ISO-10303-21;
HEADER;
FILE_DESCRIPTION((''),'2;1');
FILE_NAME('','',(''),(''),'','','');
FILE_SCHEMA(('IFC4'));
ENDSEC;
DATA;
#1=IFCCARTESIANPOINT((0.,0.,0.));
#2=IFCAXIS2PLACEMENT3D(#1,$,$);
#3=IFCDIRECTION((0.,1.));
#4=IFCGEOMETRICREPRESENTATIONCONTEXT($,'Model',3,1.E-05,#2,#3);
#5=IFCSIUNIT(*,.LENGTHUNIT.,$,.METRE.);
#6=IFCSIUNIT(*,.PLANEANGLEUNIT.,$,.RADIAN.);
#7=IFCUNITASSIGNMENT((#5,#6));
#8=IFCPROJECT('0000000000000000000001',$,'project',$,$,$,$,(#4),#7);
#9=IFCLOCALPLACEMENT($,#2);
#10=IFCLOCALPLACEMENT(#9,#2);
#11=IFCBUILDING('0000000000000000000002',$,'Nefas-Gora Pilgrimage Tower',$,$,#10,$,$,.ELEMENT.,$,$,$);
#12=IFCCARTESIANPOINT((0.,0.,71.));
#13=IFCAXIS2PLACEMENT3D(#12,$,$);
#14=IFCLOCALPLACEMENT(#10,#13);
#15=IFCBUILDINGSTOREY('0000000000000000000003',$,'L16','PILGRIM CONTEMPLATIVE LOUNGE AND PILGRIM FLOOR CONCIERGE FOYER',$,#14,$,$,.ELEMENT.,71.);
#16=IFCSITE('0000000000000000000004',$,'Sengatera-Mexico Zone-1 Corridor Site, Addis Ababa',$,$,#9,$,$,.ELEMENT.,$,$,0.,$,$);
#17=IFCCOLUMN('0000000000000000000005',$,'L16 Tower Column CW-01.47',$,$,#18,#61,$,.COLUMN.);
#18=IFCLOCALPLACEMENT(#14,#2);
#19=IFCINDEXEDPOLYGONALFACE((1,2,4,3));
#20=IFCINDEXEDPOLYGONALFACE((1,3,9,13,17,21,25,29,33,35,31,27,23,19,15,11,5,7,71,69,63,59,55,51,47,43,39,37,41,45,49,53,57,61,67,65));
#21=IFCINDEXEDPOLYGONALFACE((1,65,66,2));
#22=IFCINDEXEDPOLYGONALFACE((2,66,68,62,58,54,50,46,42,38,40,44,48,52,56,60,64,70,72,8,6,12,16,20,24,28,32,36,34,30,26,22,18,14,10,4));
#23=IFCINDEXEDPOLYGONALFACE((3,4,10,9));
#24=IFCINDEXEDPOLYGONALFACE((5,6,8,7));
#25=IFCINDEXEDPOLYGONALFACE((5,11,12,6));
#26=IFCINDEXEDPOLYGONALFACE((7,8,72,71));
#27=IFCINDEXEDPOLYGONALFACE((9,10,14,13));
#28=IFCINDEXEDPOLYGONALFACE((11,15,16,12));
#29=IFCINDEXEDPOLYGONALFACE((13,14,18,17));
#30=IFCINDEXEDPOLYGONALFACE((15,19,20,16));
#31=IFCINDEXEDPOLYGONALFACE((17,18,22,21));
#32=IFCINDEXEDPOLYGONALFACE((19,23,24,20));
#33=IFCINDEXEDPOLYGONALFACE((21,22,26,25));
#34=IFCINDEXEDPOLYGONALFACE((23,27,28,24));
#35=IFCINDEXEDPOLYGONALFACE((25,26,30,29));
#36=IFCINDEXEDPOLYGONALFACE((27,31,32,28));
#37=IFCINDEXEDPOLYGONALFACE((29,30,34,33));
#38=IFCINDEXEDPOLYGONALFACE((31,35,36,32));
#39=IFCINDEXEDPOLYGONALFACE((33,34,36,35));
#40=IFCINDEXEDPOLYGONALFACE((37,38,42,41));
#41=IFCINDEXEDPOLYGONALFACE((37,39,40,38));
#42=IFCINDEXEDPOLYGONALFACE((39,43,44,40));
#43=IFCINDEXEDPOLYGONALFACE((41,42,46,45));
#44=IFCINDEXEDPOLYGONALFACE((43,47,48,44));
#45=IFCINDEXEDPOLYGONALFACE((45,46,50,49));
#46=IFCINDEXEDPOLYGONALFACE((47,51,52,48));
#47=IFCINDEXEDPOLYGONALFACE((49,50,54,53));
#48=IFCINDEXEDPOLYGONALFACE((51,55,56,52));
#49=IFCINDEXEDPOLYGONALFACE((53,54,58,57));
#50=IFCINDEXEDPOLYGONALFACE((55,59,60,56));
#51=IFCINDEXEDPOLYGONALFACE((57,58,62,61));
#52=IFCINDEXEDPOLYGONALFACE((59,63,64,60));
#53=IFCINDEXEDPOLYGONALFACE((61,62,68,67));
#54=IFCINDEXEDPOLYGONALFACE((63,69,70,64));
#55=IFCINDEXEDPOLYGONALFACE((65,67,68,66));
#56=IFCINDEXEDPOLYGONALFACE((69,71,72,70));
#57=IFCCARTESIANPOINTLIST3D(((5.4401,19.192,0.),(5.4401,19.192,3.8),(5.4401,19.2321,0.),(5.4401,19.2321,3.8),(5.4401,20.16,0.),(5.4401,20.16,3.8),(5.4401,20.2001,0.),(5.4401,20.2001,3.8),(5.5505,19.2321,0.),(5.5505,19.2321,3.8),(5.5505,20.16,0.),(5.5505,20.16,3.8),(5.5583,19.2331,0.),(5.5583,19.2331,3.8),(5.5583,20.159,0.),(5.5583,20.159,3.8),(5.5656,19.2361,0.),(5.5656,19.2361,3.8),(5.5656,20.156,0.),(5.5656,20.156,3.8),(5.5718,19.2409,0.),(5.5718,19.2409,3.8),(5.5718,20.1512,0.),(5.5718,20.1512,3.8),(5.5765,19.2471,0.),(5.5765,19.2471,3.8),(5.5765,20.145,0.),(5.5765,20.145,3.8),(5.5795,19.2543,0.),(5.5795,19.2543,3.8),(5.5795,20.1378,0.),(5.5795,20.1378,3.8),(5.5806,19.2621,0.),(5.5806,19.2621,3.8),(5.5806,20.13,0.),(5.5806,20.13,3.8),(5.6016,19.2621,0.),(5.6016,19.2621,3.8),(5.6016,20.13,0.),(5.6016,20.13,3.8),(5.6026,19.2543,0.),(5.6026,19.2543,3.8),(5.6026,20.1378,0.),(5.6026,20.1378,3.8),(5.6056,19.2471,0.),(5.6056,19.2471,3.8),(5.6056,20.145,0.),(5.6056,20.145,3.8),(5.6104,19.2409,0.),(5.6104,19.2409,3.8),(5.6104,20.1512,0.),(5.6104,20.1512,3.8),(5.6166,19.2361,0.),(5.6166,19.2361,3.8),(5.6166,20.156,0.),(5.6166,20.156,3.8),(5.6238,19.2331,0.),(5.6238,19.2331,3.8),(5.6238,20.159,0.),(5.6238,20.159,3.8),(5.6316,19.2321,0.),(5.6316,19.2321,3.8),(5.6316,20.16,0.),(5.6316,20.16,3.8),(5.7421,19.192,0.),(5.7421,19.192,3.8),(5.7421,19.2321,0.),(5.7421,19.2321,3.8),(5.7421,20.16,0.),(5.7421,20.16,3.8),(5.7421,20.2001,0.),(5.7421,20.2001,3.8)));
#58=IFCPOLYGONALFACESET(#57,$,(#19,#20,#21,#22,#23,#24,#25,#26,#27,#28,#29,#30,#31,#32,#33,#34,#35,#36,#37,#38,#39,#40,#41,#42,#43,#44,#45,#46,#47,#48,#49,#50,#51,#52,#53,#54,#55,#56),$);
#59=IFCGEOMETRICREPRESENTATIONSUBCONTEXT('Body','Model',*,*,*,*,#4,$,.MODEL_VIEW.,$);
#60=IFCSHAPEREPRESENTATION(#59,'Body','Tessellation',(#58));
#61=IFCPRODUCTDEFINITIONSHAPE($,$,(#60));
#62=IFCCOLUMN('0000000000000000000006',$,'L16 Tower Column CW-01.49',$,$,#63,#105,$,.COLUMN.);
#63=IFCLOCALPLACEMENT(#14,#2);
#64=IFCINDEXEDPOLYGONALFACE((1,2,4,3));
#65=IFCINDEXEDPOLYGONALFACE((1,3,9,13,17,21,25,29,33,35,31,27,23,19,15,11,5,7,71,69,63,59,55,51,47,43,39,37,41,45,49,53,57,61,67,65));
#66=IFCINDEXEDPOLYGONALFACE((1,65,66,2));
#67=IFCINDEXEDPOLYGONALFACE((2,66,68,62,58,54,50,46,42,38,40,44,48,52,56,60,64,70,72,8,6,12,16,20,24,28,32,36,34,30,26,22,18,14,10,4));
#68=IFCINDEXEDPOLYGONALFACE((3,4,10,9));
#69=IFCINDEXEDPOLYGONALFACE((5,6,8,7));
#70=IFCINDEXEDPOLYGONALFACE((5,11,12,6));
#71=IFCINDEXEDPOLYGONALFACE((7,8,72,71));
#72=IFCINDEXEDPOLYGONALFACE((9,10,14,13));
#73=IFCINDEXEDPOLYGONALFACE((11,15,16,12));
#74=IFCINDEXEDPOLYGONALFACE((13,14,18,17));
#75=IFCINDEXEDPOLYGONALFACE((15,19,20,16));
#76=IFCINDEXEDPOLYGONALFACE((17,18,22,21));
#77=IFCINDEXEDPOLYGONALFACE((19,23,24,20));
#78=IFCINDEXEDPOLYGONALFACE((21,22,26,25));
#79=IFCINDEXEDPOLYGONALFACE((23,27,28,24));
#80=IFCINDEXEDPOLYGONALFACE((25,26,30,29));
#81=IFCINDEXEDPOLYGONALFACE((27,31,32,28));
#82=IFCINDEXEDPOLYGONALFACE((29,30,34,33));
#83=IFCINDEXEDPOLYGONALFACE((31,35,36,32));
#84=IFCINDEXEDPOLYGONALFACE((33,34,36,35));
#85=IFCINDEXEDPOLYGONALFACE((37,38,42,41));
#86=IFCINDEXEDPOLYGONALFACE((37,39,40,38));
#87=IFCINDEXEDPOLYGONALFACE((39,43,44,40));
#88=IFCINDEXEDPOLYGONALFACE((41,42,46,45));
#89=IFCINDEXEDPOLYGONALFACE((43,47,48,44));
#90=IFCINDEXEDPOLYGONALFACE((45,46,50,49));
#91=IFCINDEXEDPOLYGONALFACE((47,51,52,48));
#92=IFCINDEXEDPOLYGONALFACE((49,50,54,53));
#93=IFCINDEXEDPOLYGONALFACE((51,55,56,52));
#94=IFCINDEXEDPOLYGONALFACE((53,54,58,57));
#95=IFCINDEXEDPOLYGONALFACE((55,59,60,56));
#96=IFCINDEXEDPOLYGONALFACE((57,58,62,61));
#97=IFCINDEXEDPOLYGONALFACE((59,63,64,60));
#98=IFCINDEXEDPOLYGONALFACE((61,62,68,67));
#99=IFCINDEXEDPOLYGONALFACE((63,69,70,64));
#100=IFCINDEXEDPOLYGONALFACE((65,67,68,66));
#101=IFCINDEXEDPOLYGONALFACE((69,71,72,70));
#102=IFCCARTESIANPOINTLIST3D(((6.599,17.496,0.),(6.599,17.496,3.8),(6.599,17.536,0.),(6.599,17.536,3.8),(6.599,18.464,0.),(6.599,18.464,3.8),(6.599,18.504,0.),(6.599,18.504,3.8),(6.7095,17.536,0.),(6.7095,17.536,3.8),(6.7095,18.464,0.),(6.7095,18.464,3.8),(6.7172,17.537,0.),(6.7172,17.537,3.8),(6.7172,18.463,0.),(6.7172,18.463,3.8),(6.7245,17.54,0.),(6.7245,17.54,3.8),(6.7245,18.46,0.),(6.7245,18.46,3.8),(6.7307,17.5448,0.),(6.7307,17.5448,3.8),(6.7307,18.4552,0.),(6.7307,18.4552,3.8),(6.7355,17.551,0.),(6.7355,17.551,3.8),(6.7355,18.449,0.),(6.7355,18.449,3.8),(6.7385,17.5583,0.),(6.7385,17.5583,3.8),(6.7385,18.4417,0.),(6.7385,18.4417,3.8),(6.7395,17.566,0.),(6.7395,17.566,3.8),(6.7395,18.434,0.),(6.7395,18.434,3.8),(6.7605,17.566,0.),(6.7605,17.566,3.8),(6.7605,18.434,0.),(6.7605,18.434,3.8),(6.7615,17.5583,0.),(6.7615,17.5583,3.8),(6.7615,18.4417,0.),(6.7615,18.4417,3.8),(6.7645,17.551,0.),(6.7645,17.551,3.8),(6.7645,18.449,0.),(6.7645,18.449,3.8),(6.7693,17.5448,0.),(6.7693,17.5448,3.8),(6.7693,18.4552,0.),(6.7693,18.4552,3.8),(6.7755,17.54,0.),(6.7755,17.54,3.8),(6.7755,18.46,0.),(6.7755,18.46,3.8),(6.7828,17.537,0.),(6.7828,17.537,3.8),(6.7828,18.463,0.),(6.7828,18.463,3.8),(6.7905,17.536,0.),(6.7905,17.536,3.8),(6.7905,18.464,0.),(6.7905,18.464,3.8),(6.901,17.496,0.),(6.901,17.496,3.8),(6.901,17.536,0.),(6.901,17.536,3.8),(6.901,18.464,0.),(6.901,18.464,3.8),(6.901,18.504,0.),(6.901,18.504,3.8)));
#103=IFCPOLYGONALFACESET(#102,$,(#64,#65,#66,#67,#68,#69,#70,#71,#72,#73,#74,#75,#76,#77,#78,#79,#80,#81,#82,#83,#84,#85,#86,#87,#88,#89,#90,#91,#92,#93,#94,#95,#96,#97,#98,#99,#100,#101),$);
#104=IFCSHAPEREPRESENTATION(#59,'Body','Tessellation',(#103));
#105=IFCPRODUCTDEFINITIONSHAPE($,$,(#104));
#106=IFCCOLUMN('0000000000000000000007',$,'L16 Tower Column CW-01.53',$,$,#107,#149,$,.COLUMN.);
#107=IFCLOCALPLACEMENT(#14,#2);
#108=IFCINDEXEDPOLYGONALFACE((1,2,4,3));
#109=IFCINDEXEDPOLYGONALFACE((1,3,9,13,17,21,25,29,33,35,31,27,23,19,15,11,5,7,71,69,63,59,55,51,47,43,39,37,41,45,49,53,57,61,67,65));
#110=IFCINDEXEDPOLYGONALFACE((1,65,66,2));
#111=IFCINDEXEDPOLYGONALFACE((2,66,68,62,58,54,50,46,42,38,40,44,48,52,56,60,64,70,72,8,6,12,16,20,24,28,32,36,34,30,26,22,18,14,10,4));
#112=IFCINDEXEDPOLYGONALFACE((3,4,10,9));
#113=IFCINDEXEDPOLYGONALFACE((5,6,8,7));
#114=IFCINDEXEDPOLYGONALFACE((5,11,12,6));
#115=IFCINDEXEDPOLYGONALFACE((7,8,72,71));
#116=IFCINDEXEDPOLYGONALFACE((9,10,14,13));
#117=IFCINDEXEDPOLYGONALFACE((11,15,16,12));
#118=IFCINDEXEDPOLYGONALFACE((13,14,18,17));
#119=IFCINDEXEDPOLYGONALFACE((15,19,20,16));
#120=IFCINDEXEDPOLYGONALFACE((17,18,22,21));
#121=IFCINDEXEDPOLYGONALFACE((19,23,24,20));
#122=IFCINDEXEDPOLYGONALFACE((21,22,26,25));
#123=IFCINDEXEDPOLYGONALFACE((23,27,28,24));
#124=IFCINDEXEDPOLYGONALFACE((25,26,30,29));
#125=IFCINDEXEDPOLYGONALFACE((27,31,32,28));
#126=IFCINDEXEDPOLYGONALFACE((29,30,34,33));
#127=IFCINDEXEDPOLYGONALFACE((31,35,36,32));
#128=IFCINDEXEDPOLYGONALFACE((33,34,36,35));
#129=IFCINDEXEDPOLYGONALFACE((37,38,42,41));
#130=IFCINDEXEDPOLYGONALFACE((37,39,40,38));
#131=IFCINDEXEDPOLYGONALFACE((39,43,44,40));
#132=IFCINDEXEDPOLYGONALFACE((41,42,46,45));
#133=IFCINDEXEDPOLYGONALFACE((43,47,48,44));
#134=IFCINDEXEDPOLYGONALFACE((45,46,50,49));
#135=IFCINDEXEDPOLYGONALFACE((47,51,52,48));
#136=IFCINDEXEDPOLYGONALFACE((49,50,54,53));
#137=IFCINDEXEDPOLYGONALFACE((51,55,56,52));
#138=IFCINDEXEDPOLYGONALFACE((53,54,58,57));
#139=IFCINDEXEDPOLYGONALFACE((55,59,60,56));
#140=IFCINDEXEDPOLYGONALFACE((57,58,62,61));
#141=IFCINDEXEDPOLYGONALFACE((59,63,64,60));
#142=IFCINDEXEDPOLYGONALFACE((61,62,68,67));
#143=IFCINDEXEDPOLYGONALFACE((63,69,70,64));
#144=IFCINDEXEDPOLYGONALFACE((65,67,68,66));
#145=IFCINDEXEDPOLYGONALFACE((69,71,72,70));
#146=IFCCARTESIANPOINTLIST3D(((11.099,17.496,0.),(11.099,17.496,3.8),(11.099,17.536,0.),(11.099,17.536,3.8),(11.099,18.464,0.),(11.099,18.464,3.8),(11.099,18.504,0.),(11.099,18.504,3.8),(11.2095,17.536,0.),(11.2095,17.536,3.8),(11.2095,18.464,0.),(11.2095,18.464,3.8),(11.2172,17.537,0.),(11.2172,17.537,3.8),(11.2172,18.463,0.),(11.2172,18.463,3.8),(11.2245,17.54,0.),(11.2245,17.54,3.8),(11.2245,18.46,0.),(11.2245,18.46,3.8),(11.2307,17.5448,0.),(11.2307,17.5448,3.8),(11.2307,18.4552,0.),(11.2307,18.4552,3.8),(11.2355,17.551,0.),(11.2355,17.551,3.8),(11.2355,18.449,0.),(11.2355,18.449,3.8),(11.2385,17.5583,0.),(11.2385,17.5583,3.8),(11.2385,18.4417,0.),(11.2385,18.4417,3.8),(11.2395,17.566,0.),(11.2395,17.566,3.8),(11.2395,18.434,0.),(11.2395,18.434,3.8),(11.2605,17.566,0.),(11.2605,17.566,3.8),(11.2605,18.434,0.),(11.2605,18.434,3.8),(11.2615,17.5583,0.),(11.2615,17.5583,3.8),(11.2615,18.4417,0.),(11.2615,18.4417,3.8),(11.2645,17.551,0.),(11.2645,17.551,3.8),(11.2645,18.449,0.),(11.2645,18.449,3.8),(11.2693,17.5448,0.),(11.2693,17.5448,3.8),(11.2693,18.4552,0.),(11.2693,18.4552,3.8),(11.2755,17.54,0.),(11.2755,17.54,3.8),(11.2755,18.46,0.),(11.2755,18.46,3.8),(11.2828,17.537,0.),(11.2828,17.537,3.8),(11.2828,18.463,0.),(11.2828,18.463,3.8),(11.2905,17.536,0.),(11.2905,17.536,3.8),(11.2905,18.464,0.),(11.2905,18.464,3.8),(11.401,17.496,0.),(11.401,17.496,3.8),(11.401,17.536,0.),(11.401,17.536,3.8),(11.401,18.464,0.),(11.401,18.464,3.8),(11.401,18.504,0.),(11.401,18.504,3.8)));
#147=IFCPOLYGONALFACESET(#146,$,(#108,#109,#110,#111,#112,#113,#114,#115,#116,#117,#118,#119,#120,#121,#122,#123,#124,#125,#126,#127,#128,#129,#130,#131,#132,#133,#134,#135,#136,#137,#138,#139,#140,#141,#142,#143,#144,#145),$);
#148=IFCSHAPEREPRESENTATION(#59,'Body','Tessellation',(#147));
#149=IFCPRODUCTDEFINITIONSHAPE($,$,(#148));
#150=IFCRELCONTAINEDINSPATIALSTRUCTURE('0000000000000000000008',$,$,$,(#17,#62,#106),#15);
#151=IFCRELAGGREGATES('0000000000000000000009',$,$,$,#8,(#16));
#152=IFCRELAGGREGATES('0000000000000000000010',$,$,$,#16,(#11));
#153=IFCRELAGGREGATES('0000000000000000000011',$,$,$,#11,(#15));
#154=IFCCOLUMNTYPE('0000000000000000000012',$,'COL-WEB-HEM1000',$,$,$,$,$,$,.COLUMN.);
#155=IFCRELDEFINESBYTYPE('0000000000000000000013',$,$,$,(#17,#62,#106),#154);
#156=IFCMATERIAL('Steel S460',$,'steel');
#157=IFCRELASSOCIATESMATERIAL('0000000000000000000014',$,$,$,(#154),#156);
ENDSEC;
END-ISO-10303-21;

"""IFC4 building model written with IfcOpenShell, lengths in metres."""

from ifc_helpers import new_model, si_unit, direction, frame, origin, origin_2d, place, context, subcontext, project, spatial, i_section, extrude, source, transform, mapped, material, material_profile, profile_set, type_object, element, save


model = new_model("IFC4")

# Units and contexts
model_context = context("Model", 3, precision=1e-05, world=origin(), true_north=direction((0.0, 1.0)))
body_context = subcontext(model_context, "Body", "Model", "MODEL_VIEW")
ifc_project = project(units=[si_unit("LENGTHUNIT", "METRE"), si_unit("PLANEANGLEUNIT", "RADIAN")], contexts=[model_context])

# Site, building, storey
site_placement = place(None, origin())
site = spatial("IfcSite", under=ifc_project, at=site_placement, Name="Sengatera-Mexico Zone-1 Corridor Site, Addis Ababa", CompositionType="ELEMENT", RefElevation=0.0)
building_placement = place(site_placement, origin())
building = spatial("IfcBuilding", under=site, at=building_placement, Name="Nefas-Gora Pilgrimage Tower", CompositionType="ELEMENT")
storey_placement = place(building_placement, frame((0.0, 0.0, 71.0)))
storey = spatial("IfcBuildingStorey", under=building, at=storey_placement, Name="L16", Description="PILGRIM CONTEMPLATIVE LOUNGE AND PILGRIM FLOOR CONCIERGE FOYER", CompositionType="ELEMENT", Elevation=71.0)

# Columns
ifc_material_1 = material(Name="Steel S460", Category="steel")
ifc_material_profile_1 = material_profile(ifc_material_1, i_section(OverallWidth=0.302, OverallDepth=1.0081, WebThickness=0.021, FlangeThickness=0.04, FilletRadius=0.03, at=origin_2d()), Name="HEM 1000")
ifc_profile_set_1 = profile_set([ifc_material_profile_1], Name="Steel S460")
column_type_1 = type_object("IfcColumnType", Name="COL-WEB-HEM1000", PredefinedType="COLUMN", material=ifc_profile_set_1)
shared_shape_1 = source(origin(), body_context, "Body", "SweptSolid", [
    extrude(i_section(OverallWidth=0.302, OverallDepth=1.0081, WebThickness=0.021, FlangeThickness=0.04, FilletRadius=0.03, at=origin_2d()), origin(), (0.0, 0.0, 1.0), 3.8),
])
for number, where, z_axis, x_axis, name in (
    (1, (5.5911, 19.696, 0.0), (0.0, 0.0, 1.0), (1.0, 0.0, 0.0), "L16 Tower Column CW-01.47"),
    (2, (6.75, 18.0, 0.0), (0.0, 0.0, 1.0), (1.0, 0.0, 0.0), "L16 Tower Column CW-01.49"),
    (3, (11.25, 18.0, 0.0), (0.0, 0.0, 1.0), (1.0, 0.0, 0.0), "L16 Tower Column CW-01.53"),
):
    element("IfcColumn", number, at=place(storey_placement, frame(where, z_axis=z_axis, x_axis=x_axis)), inside=storey, type_object=column_type_1, Name=name, PredefinedType="COLUMN", context=body_context, shape_type="MappedRepresentation", body=[
        mapped(shared_shape_1, transform((0.0, 0.0, 0.0), x_axis=(1.0, 0.0, 0.0), y_axis=(0.0, 1.0, 0.0), z_axis=(0.0, 0.0, 1.0), scale=1.0)),
    ])

save(model, "model.ifc")
